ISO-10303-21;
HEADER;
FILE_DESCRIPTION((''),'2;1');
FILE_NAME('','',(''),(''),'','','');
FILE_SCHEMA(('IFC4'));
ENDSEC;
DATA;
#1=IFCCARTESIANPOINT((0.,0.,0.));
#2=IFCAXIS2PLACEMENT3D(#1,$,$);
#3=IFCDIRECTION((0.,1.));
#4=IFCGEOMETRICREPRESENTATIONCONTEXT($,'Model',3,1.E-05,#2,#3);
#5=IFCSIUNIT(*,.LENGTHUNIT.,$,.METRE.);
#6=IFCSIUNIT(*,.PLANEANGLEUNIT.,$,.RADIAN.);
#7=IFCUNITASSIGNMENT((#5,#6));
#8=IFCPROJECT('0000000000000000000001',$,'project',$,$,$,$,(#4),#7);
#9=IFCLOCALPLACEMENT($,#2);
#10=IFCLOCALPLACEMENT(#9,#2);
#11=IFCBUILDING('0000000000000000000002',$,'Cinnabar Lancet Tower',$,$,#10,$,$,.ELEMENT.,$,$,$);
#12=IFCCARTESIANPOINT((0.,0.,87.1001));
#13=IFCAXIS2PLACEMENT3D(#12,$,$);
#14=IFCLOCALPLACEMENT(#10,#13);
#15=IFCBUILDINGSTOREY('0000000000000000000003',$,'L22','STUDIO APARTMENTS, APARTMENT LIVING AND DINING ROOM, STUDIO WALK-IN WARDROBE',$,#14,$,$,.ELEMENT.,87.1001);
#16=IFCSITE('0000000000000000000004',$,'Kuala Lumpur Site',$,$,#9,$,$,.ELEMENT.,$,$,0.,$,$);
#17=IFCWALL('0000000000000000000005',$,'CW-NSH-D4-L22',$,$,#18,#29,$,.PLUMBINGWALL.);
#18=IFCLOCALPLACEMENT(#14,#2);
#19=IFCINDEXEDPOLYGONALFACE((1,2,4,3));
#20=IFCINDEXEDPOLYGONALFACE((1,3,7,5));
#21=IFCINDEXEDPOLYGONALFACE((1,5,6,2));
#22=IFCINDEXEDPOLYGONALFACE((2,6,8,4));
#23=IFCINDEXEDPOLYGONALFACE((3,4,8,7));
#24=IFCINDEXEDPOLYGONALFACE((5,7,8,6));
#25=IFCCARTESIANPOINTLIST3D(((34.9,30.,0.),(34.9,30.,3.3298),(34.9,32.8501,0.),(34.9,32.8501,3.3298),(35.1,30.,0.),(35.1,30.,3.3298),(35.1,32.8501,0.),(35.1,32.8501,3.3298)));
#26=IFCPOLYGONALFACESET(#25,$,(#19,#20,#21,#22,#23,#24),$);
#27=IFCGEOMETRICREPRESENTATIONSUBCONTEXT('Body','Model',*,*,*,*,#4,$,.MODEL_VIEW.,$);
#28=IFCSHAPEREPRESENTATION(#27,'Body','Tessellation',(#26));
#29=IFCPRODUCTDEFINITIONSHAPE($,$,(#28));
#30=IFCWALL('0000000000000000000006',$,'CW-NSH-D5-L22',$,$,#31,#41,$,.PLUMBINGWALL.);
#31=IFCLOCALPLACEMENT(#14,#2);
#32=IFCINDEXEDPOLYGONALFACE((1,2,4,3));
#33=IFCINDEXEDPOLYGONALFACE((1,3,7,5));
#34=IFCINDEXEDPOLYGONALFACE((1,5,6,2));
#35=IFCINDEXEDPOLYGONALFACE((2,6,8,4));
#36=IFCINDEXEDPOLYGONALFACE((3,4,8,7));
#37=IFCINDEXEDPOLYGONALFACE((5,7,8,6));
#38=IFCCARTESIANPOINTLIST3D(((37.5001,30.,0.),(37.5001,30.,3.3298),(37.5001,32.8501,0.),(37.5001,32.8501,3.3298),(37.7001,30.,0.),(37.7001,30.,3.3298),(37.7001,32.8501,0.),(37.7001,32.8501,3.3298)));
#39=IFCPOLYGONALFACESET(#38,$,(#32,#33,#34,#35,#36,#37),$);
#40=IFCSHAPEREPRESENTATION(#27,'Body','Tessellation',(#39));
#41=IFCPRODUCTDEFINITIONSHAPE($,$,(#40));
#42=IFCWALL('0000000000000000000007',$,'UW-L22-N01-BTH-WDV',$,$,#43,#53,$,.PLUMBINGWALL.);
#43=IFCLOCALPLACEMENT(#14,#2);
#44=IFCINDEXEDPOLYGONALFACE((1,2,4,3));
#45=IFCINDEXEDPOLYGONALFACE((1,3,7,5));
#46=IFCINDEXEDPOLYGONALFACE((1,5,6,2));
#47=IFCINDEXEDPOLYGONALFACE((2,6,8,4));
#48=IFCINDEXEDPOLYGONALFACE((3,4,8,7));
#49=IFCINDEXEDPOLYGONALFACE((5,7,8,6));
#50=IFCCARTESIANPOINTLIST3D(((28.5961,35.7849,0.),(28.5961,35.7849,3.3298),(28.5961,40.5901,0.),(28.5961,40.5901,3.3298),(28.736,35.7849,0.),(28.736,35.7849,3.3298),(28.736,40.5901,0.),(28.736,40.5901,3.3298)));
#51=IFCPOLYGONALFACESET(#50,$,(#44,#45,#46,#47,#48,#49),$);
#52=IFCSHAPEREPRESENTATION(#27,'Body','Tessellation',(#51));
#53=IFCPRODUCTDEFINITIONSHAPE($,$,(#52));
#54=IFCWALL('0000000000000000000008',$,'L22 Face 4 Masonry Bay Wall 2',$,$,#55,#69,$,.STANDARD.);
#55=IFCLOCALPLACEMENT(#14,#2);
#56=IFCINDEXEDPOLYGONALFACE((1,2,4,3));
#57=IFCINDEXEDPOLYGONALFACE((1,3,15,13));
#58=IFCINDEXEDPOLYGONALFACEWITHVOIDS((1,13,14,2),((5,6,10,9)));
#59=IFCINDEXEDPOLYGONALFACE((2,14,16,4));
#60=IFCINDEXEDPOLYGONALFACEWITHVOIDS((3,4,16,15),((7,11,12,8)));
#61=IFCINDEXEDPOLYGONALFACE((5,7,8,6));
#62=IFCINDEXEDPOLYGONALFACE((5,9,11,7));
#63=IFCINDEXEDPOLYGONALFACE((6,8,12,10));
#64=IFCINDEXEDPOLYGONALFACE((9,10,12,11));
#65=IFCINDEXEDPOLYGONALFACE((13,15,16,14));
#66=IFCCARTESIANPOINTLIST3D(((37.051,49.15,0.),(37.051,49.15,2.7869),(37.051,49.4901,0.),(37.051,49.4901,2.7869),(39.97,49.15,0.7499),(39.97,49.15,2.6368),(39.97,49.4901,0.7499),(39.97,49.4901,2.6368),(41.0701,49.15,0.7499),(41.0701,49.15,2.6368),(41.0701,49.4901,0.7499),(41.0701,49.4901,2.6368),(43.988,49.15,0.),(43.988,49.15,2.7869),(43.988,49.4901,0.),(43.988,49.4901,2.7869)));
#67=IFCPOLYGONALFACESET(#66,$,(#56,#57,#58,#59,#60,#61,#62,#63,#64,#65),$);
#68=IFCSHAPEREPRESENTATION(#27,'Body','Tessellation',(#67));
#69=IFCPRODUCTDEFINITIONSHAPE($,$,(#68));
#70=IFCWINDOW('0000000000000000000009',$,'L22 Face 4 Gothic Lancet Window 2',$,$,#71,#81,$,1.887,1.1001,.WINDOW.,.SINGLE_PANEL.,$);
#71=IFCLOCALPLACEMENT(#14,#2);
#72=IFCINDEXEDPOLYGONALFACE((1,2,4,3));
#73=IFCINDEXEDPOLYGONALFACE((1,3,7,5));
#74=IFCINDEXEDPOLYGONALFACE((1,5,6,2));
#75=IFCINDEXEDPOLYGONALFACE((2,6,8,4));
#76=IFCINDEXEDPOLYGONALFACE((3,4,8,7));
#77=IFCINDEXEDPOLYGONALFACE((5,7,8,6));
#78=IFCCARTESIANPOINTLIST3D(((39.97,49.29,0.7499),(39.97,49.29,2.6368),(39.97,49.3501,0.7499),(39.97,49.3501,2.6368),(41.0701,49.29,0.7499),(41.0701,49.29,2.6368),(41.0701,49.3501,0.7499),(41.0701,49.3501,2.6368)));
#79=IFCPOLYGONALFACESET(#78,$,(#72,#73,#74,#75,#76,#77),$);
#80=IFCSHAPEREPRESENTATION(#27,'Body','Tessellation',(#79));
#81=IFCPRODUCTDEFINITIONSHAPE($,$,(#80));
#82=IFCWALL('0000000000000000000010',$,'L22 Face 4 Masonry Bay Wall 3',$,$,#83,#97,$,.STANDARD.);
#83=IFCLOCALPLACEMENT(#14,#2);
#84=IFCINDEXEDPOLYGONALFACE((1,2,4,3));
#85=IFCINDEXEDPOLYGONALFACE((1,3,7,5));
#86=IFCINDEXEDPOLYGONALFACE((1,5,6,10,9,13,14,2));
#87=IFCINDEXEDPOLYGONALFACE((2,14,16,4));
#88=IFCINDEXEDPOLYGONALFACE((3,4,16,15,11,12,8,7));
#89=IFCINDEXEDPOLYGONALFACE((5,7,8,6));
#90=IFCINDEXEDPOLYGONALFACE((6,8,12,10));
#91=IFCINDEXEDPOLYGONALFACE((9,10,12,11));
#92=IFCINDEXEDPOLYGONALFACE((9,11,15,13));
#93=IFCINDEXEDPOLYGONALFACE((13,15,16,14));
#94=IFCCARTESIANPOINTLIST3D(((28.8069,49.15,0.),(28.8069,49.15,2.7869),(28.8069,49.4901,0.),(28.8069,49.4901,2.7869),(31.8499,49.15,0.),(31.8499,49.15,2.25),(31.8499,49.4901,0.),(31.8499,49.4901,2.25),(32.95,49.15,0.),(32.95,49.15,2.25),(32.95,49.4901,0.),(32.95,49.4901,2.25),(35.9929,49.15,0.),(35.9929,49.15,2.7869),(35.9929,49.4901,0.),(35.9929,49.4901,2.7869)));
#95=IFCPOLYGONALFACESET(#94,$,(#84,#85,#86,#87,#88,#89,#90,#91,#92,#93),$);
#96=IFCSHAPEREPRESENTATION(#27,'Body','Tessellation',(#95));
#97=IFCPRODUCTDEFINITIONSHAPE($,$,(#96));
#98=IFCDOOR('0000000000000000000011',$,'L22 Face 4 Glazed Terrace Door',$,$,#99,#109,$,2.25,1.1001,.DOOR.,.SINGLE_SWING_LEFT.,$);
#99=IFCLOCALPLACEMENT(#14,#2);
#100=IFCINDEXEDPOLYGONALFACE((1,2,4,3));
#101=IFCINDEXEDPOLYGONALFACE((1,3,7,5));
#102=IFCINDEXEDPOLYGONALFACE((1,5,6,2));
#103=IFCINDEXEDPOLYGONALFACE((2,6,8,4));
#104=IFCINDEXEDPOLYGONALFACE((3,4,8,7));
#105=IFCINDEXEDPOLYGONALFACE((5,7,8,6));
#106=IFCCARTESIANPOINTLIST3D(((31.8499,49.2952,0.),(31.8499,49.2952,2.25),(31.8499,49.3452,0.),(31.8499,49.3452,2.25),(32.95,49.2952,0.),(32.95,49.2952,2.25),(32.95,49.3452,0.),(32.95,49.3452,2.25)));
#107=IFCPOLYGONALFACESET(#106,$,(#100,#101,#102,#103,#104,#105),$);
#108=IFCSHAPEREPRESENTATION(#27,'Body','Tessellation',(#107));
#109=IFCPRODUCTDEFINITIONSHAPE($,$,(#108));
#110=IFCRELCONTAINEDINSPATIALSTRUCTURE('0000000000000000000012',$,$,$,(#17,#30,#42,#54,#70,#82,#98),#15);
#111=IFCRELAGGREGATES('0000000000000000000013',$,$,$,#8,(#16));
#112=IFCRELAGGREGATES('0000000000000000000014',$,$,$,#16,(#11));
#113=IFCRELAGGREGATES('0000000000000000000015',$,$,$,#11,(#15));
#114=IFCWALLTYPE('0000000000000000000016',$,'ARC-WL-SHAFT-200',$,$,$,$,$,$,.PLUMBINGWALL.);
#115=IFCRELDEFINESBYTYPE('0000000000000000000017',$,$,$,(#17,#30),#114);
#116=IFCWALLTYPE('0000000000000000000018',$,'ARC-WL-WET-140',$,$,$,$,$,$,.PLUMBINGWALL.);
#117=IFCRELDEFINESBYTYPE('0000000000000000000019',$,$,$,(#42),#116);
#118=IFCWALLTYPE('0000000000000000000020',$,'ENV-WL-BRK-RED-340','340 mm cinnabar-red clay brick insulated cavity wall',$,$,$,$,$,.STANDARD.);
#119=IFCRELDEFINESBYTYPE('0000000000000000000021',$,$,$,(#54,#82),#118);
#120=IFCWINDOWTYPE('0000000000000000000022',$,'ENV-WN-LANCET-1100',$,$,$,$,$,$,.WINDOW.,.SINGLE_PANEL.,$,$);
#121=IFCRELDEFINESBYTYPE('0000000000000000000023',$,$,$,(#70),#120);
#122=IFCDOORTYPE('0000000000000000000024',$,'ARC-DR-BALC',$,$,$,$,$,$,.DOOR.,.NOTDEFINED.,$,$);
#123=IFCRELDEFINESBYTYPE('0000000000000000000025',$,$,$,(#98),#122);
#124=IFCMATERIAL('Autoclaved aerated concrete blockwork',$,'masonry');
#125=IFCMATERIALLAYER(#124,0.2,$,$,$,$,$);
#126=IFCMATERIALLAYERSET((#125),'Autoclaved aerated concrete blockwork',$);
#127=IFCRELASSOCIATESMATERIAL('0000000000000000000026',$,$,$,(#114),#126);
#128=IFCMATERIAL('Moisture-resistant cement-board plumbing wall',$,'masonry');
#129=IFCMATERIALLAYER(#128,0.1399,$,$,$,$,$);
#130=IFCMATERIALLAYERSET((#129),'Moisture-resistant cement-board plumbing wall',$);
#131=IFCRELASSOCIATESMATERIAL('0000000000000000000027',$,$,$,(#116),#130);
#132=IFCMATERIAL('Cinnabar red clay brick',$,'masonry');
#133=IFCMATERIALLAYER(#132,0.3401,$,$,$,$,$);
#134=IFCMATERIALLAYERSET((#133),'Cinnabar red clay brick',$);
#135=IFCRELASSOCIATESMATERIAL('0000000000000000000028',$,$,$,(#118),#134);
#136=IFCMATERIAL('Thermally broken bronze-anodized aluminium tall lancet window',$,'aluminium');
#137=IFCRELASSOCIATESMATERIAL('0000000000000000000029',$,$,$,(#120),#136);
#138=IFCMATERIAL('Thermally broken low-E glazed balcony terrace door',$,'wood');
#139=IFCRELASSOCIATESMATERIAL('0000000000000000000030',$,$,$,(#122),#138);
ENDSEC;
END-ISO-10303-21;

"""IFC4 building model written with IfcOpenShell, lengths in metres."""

from ifc_helpers import new_model, si_unit, direction, frame, frame_2d, origin, place, context, subcontext, project, spatial, rectangle, extrude, material, layer, layer_set, type_object, element, fill, save


model = new_model("IFC4")

# Units and contexts
model_context = context("Model", 3, precision=1e-05, world=origin(), true_north=direction((0.0, 1.0)))
body_context = subcontext(model_context, "Body", "Model", "MODEL_VIEW")
ifc_project = project(units=[si_unit("LENGTHUNIT", "METRE"), si_unit("PLANEANGLEUNIT", "RADIAN")], contexts=[model_context])

# Site, building, storey
site_placement = place(None, origin())
site = spatial("IfcSite", under=ifc_project, at=site_placement, Name="Kuala Lumpur Site", CompositionType="ELEMENT", RefElevation=0.0)
building_placement = place(site_placement, origin())
building = spatial("IfcBuilding", under=site, at=building_placement, Name="Cinnabar Lancet Tower", CompositionType="ELEMENT")
storey_placement = place(building_placement, frame((0.0, 0.0, 87.1001)))
storey = spatial("IfcBuildingStorey", under=building, at=storey_placement, Name="L22", Description="STUDIO APARTMENTS, APARTMENT LIVING AND DINING ROOM, STUDIO WALK-IN WARDROBE", CompositionType="ELEMENT", Elevation=87.1001)

# Walls
ifc_material_1 = material(Name="Autoclaved aerated concrete blockwork", Category="masonry")
ifc_layer_1 = layer(ifc_material_1, 0.2)
ifc_layer_set_1 = layer_set([ifc_layer_1], Name="Autoclaved aerated concrete blockwork")
wall_type_1 = type_object("IfcWallType", Name="ARC-WL-SHAFT-200", PredefinedType="PLUMBINGWALL", material=ifc_layer_set_1)
for number, where, z_axis, x_axis, name in (
    (1, (35.0, 30.0, 0.0), (0.0, 0.0, 1.0), (0.0, 1.0, 0.0), "CW-NSH-D4-L22"),
    (2, (37.6001, 30.0, 0.0), (0.0, 0.0, 1.0), (0.0, 1.0, 0.0), "CW-NSH-D5-L22"),
):
    element("IfcWall", number, at=place(storey_placement, frame(where, z_axis=z_axis, x_axis=x_axis)), inside=storey, type_object=wall_type_1, Name=name, PredefinedType="PLUMBINGWALL", context=body_context, shape_type="SweptSolid", body=[
        extrude(rectangle(XDim=2.8501, YDim=0.2, at=frame_2d((1.425, 0.0))), origin(), (0.0, 0.0, 1.0), 3.3298),
    ])
ifc_material_2 = material(Name="Moisture-resistant cement-board plumbing wall", Category="masonry")
ifc_layer_2 = layer(ifc_material_2, 0.1399)
ifc_layer_set_2 = layer_set([ifc_layer_2], Name="Moisture-resistant cement-board plumbing wall")
wall_type_2 = type_object("IfcWallType", Name="ARC-WL-WET-140", PredefinedType="PLUMBINGWALL", material=ifc_layer_set_2)
wall_1_placement = place(storey_placement, frame((28.666, 35.7849, 0.0), z_axis=(0.0, 0.0, 1.0), x_axis=(0.0, 1.0, 0.0)))
element("IfcWall", 3, at=wall_1_placement, inside=storey, type_object=wall_type_2, Name="UW-L22-N01-BTH-WDV", PredefinedType="PLUMBINGWALL", context=body_context, shape_type="SweptSolid", body=[
    extrude(rectangle(XDim=4.8052, YDim=0.1399, at=frame_2d((2.4026, 0.0))), origin(), (0.0, 0.0, 1.0), 3.3298),
])

# Wall, opening, window
ifc_material_3 = material(Name="Cinnabar red clay brick", Category="masonry")
ifc_layer_3 = layer(ifc_material_3, 0.3401)
ifc_layer_set_3 = layer_set([ifc_layer_3], Name="Cinnabar red clay brick")
wall_type_3 = type_object("IfcWallType", Name="ENV-WL-BRK-RED-340", Description="340 mm cinnabar-red clay brick insulated cavity wall", PredefinedType="STANDARD", material=ifc_layer_set_3)
wall_2_placement = place(storey_placement, frame((43.988, 49.3201, 0.0), z_axis=(0.0, 0.0, 1.0), x_axis=(-1.0, 0.0, 0.0)))
wall_2 = element("IfcWall", 4, at=wall_2_placement, inside=storey, type_object=wall_type_3, Name="L22 Face 4 Masonry Bay Wall 2", PredefinedType="STANDARD", context=body_context, shape_type="SweptSolid", body=[
    extrude(rectangle(XDim=6.937, YDim=0.3401, at=frame_2d((3.4685, 0.0))), origin(), (0.0, 0.0, 1.0), 2.7869),
])
opening_1_placement = place(wall_2_placement, frame((2.918, 0.0, 0.75)))
opening_1 = element("IfcOpeningElement", 5, at=opening_1_placement, cuts=wall_2, PredefinedType="OPENING", context=body_context, shape_type="SweptSolid", body=[
    extrude(rectangle(XDim=1.1001, YDim=1.887, at=frame_2d((0.55, 0.9434))), frame((0.0, 0.1799, 0.0), z_axis=(0.0, -1.0, 0.0), x_axis=(1.0, 0.0, 0.0)), (0.0, 0.0, 1.0), 0.3601),
])
ifc_material_4 = material(Name="Thermally broken bronze-anodized aluminium tall lancet window", Category="aluminium")
window_type = type_object("IfcWindowType", Name="ENV-WN-LANCET-1100", PartitioningType="SINGLE_PANEL", PredefinedType="WINDOW", material=ifc_material_4)
window_placement = place(opening_1_placement, origin())
window = element("IfcWindow", 6, at=window_placement, inside=storey, type_object=window_type, Name="L22 Face 4 Gothic Lancet Window 2", OverallHeight=1.887, OverallWidth=1.1001, PartitioningType="SINGLE_PANEL", PredefinedType="WINDOW", context=body_context, shape_type="SweptSolid", body=[
    extrude(rectangle(XDim=1.1001, YDim=1.887, at=frame_2d((0.55, 0.9434))), frame((0.0, 0.03, 0.0), z_axis=(0.0, -1.0, 0.0), x_axis=(1.0, 0.0, 0.0)), (0.0, 0.0, 1.0), 0.0601),
])
fill(opening_1, window)

# Wall, opening, door
wall_3_placement = place(storey_placement, frame((35.9929, 49.3201, 0.0), z_axis=(0.0, 0.0, 1.0), x_axis=(-1.0, 0.0, 0.0)))
wall_3 = element("IfcWall", 7, at=wall_3_placement, inside=storey, type_object=wall_type_3, Name="L22 Face 4 Masonry Bay Wall 3", PredefinedType="STANDARD", context=body_context, shape_type="SweptSolid", body=[
    extrude(rectangle(XDim=7.186, YDim=0.3401, at=frame_2d((3.593, 0.0))), origin(), (0.0, 0.0, 1.0), 2.7869),
])
opening_2_placement = place(wall_3_placement, frame((3.043, 0.0, 0.0)))
opening_2 = element("IfcOpeningElement", 8, at=opening_2_placement, cuts=wall_3, PredefinedType="OPENING", context=body_context, shape_type="SweptSolid", body=[
    extrude(rectangle(XDim=1.1001, YDim=2.25, at=frame_2d((0.55, 1.125))), frame((0.0, 0.1799, 0.0), z_axis=(0.0, -1.0, 0.0), x_axis=(1.0, 0.0, 0.0)), (0.0, 0.0, 1.0), 0.3601),
])
ifc_material_5 = material(Name="Thermally broken low-E glazed balcony terrace door", Category="wood")
door_type = type_object("IfcDoorType", Name="ARC-DR-BALC", OperationType="NOTDEFINED", PredefinedType="DOOR", material=ifc_material_5)
door_placement = place(opening_2_placement, origin())
door = element("IfcDoor", 9, at=door_placement, inside=storey, type_object=door_type, Name="L22 Face 4 Glazed Terrace Door", OperationType="SINGLE_SWING_LEFT", OverallHeight=2.25, OverallWidth=1.1001, PredefinedType="DOOR", context=body_context, shape_type="SweptSolid", body=[
    extrude(rectangle(XDim=1.1001, YDim=2.25, at=frame_2d((0.55, 1.125))), frame((0.0, 0.0249, 0.0), z_axis=(0.0, -1.0, 0.0), x_axis=(1.0, 0.0, 0.0)), (0.0, 0.0, 1.0), 0.05),
])
fill(opening_2, door)

save(model, "model.ifc")
